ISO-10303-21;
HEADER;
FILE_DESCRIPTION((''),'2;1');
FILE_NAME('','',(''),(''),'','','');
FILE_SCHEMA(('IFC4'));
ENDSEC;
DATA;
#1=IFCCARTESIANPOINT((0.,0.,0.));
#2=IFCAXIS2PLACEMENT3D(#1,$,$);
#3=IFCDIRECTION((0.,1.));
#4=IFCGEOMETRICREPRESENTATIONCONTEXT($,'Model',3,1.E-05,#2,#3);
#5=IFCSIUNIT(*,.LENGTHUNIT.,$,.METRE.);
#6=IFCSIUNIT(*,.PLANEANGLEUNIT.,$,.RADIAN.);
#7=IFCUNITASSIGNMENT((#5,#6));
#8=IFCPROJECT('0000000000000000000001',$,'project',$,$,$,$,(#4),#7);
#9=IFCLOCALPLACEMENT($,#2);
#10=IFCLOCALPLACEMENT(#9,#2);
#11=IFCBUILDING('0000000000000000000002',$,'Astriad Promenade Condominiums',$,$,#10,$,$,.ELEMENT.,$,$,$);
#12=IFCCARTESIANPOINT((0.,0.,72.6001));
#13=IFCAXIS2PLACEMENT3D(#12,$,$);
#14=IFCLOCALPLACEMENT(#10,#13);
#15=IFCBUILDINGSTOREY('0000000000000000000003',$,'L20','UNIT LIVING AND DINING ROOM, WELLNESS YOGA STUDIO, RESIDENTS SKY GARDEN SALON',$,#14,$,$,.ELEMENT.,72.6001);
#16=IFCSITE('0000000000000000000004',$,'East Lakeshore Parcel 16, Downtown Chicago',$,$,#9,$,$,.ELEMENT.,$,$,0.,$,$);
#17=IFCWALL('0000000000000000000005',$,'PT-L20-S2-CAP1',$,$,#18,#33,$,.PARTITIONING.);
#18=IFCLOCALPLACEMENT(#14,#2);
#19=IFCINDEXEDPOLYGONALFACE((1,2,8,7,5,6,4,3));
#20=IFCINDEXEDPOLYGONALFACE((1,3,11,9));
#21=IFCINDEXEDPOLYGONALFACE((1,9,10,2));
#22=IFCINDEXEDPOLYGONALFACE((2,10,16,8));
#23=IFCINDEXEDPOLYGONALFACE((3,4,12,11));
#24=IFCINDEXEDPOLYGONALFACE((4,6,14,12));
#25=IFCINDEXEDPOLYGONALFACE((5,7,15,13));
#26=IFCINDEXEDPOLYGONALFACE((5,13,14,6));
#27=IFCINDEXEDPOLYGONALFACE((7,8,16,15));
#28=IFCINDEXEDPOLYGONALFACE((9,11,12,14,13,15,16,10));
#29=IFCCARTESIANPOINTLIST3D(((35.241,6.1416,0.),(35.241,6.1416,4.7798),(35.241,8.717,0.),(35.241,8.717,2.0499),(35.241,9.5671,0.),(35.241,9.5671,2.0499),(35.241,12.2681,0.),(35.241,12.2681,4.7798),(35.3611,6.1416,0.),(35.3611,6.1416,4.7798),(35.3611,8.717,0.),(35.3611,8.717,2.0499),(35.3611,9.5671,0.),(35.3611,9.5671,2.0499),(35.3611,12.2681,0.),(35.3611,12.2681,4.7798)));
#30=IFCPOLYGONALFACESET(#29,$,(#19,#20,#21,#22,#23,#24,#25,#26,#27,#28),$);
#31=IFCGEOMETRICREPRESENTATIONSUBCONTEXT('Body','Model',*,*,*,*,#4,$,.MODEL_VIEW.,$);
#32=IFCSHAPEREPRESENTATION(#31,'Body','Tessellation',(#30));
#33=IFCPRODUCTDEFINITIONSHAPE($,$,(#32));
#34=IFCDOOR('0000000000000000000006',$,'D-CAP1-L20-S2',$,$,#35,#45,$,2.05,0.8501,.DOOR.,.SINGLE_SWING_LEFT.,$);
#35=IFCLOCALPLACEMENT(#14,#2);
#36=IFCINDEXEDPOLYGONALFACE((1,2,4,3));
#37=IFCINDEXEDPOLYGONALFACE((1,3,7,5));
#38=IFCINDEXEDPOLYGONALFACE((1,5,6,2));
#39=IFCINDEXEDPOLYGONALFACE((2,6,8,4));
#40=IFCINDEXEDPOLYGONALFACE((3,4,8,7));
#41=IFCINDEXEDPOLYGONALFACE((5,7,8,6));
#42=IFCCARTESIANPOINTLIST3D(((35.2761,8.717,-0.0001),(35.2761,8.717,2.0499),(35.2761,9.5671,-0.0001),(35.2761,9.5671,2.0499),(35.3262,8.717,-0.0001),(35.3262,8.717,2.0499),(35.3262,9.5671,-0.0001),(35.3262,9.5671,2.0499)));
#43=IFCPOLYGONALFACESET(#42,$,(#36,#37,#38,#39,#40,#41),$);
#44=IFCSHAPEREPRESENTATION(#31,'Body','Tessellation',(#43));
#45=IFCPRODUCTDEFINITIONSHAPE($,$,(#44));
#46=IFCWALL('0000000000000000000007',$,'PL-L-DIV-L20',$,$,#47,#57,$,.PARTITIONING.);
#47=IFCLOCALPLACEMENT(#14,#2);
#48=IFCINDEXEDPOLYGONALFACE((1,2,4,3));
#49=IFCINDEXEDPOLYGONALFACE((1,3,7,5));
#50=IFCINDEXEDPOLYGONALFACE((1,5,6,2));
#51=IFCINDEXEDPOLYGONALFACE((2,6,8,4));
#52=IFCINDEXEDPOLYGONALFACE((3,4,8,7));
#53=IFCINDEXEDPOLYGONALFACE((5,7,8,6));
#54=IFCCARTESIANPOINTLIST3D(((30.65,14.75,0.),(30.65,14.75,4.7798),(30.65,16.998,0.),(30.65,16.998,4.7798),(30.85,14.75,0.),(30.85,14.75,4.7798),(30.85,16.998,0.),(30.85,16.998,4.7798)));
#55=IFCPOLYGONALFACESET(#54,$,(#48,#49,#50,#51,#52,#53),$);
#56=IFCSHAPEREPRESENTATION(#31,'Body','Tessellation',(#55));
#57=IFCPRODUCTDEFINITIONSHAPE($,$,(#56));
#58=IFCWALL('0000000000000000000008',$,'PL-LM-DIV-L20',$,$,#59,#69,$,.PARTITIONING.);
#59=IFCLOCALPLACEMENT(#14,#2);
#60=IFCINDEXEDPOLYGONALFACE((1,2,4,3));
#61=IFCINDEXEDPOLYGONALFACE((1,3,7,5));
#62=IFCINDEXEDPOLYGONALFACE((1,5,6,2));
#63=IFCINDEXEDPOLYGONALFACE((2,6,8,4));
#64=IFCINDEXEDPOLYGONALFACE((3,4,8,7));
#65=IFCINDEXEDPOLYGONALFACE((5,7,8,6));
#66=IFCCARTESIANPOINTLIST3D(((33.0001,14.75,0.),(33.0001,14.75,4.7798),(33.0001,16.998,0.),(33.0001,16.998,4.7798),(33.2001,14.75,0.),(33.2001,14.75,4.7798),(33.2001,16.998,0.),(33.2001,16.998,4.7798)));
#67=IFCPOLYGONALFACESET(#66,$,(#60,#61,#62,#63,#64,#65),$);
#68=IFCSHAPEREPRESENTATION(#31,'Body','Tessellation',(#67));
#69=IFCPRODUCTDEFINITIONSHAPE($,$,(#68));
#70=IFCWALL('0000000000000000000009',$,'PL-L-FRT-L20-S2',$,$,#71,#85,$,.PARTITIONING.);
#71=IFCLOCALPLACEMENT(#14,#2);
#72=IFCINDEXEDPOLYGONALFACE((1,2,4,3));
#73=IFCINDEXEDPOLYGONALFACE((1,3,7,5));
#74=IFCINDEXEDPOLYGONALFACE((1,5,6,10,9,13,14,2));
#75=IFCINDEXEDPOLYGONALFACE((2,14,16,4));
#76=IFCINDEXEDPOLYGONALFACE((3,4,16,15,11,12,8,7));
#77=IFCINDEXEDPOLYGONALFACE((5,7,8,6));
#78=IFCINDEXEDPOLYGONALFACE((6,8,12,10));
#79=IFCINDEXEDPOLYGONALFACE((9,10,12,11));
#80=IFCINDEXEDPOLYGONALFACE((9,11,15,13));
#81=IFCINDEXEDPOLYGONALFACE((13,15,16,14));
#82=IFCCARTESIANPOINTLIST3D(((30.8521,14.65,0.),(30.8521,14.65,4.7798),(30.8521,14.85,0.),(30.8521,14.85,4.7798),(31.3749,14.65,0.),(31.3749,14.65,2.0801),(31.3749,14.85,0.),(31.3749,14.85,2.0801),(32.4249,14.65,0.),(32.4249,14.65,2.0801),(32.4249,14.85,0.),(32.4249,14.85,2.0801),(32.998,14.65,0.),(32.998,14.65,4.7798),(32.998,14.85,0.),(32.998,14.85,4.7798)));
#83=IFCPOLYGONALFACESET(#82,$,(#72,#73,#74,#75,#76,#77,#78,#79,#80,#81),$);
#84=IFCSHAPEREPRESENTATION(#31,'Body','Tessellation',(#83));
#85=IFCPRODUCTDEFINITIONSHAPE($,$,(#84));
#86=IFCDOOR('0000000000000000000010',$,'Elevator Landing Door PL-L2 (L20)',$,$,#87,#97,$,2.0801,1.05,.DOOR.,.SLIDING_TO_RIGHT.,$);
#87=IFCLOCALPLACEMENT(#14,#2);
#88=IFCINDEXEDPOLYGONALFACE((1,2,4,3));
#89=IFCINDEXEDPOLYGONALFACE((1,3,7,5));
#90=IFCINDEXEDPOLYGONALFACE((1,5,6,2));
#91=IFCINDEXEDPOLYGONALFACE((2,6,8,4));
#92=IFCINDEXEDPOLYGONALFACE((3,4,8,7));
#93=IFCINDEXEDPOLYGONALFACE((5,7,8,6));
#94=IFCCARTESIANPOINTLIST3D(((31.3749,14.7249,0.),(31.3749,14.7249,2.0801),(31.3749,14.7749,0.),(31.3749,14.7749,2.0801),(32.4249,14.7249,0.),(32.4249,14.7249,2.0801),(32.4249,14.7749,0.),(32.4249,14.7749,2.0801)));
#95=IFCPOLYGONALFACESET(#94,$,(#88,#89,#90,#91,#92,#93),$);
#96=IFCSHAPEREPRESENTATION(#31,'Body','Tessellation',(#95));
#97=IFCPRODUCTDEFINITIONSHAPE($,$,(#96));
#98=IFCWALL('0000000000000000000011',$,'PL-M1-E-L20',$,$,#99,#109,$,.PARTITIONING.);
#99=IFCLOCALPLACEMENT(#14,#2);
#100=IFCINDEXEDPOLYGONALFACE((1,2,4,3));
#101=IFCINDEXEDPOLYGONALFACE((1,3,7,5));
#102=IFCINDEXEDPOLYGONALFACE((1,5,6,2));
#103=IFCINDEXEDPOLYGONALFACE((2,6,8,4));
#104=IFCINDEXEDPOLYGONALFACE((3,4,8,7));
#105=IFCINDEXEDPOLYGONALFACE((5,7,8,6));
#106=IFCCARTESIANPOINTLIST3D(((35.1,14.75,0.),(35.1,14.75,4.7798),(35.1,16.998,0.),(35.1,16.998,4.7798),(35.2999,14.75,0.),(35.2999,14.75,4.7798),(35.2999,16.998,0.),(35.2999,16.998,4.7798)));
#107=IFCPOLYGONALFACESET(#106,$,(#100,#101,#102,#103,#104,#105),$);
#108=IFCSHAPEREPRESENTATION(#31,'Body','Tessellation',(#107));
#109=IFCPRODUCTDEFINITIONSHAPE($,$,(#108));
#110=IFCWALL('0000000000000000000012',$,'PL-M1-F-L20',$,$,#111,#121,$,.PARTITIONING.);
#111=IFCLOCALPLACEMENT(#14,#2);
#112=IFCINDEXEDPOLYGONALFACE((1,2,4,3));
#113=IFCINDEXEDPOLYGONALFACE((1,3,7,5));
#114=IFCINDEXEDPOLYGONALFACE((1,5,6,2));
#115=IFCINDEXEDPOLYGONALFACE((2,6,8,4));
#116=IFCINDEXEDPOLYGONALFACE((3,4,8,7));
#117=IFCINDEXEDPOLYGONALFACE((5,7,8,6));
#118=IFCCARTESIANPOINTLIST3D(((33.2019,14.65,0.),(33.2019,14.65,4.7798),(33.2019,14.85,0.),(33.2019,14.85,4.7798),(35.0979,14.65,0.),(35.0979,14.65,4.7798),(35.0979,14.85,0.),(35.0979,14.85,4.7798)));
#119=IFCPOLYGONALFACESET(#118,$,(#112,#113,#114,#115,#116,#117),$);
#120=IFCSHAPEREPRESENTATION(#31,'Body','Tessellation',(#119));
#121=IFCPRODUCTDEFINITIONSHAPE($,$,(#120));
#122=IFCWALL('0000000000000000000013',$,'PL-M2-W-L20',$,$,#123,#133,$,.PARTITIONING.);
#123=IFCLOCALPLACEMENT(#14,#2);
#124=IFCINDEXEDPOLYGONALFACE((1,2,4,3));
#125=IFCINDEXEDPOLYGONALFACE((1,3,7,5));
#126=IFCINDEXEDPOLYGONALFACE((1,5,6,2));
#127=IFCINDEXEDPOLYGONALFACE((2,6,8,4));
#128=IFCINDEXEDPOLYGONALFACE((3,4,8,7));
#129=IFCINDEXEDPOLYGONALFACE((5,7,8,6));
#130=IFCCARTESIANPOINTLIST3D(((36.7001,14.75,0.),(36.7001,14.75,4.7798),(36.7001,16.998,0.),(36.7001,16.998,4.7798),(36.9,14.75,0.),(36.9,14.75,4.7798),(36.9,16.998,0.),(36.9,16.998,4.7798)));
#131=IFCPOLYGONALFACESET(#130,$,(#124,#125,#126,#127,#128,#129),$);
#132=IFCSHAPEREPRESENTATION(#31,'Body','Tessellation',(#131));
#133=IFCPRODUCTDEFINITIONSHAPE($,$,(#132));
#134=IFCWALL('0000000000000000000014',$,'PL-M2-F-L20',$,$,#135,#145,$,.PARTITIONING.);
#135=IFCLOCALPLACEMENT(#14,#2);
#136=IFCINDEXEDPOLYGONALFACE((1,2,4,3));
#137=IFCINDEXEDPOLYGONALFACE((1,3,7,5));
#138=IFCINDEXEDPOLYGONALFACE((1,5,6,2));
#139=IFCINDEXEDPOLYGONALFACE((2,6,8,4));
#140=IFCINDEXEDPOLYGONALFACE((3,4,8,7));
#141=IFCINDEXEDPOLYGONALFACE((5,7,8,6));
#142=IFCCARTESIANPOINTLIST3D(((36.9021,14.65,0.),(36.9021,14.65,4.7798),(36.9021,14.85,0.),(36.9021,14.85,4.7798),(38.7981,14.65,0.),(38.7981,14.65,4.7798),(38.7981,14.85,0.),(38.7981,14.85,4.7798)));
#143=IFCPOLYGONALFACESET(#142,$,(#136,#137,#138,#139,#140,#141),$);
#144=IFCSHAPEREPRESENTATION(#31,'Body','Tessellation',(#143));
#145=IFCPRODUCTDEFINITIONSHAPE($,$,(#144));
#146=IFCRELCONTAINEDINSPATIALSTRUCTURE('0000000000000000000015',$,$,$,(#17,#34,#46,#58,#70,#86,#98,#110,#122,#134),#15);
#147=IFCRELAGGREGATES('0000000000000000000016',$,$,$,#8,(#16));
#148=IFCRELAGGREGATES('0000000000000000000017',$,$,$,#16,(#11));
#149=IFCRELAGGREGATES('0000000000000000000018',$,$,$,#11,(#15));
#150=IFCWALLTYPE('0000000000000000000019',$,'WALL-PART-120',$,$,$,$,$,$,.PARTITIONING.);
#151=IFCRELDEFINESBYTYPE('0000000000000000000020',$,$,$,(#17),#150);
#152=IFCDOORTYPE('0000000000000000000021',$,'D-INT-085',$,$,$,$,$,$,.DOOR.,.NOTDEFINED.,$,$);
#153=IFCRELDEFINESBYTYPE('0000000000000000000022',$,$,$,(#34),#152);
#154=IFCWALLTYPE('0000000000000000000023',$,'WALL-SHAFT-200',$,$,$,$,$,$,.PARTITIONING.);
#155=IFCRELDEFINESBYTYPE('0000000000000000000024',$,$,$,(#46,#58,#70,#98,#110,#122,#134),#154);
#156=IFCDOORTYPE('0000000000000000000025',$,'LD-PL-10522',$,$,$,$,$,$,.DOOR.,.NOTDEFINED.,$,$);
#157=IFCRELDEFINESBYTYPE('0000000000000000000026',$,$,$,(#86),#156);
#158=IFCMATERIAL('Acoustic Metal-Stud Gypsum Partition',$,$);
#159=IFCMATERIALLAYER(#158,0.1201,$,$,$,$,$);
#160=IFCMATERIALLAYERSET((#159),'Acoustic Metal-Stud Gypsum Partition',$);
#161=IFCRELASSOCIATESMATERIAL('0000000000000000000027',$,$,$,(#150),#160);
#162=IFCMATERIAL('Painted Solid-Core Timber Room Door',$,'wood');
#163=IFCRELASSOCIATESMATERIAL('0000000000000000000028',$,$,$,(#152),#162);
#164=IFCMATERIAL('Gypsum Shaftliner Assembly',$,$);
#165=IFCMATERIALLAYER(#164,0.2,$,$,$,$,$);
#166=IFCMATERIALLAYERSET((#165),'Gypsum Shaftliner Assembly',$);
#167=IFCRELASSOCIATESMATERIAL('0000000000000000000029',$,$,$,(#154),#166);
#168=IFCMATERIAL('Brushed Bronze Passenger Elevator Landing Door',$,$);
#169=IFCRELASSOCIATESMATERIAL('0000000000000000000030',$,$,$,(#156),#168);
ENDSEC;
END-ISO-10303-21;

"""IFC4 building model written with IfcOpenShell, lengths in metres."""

from ifc_helpers import new_model, si_unit, direction, frame, frame_2d, origin, place, context, subcontext, project, spatial, rectangle, extrude, source, transform, mapped, material, layer, layer_set, type_object, type_shapes, element, fill, save


model = new_model("IFC4")

# Units and contexts
model_context = context("Model", 3, precision=1e-05, world=origin(), true_north=direction((0.0, 1.0)))
body_context = subcontext(model_context, "Body", "Model", "MODEL_VIEW")
ifc_project = project(units=[si_unit("LENGTHUNIT", "METRE"), si_unit("PLANEANGLEUNIT", "RADIAN")], contexts=[model_context])

# Site, building, storey
site_placement = place(None, origin())
site = spatial("IfcSite", under=ifc_project, at=site_placement, Name="East Lakeshore Parcel 16, Downtown Chicago", CompositionType="ELEMENT", RefElevation=0.0)
building_placement = place(site_placement, origin())
building = spatial("IfcBuilding", under=site, at=building_placement, Name="Astriad Promenade Condominiums", CompositionType="ELEMENT")
storey_placement = place(building_placement, frame((0.0, 0.0, 72.6001)))
storey = spatial("IfcBuildingStorey", under=building, at=storey_placement, Name="L20", Description="UNIT LIVING AND DINING ROOM, WELLNESS YOGA STUDIO, RESIDENTS SKY GARDEN SALON", CompositionType="ELEMENT", Elevation=72.6001)

# Shared definitions
ifc_material_1 = material(Name="Acoustic Metal-Stud Gypsum Partition")
ifc_layer_1 = layer(ifc_material_1, 0.1201)
ifc_layer_set_1 = layer_set([ifc_layer_1], Name="Acoustic Metal-Stud Gypsum Partition")
wall_type_1 = type_object("IfcWallType", Name="WALL-PART-120", PredefinedType="PARTITIONING", material=ifc_layer_set_1)
ifc_material_2 = material(Name="Painted Solid-Core Timber Room Door", Category="wood")
door_type_1 = type_object("IfcDoorType", Name="D-INT-085", OperationType="NOTDEFINED", PredefinedType="DOOR", material=ifc_material_2)
shared_shape_1 = source(origin(), body_context, "Body", "SweptSolid", [
    extrude(rectangle(XDim=0.8501, YDim=2.05, at=frame_2d((0.425, 1.0249))), frame((0.0, 0.0249, 0.0), z_axis=(0.0, -1.0, 0.0), x_axis=(1.0, 0.0, 0.0)), (0.0, 0.0, 1.0), 0.05),
])
type_shapes(door_type_1, [shared_shape_1])

# Wall, opening, door
wall_1_placement = place(storey_placement, frame((35.301, 6.1416, 0.0), z_axis=(0.0, 0.0, 1.0), x_axis=(0.0, 1.0, 0.0)))
wall_1 = element("IfcWall", 1, at=wall_1_placement, inside=storey, type_object=wall_type_1, Name="PT-L20-S2-CAP1", PredefinedType="PARTITIONING", context=body_context, shape_type="SweptSolid", body=[
    extrude(rectangle(XDim=6.1265, YDim=0.1201, at=frame_2d((3.0632, 0.0))), origin(), (0.0, 0.0, 1.0), 4.7798),
])
opening_1_placement = place(wall_1_placement, frame((2.5754, 0.0, 0.0)))
opening_1 = element("IfcOpeningElement", 2, at=opening_1_placement, cuts=wall_1, PredefinedType="OPENING", context=body_context, shape_type="SweptSolid", body=[
    extrude(rectangle(XDim=0.8501, YDim=2.05, at=frame_2d((0.425, 1.0249))), frame((0.0, 0.0701, 0.0), z_axis=(0.0, -1.0, 0.0), x_axis=(1.0, 0.0, 0.0)), (0.0, 0.0, 1.0), 0.1401),
])
door_1_placement = place(opening_1_placement, origin())
door_1 = element("IfcDoor", 3, at=door_1_placement, inside=storey, type_object=door_type_1, Name="D-CAP1-L20-S2", OperationType="SINGLE_SWING_LEFT", OverallHeight=2.05, OverallWidth=0.8501, PredefinedType="DOOR", context=body_context, shape_type="MappedRepresentation", body=[
    mapped(shared_shape_1, transform((0.0, 0.0, 0.0), scale=1.0)),
])
fill(opening_1, door_1)

# Walls
ifc_material_3 = material(Name="Gypsum Shaftliner Assembly")
ifc_layer_2 = layer(ifc_material_3, 0.2)
ifc_layer_set_2 = layer_set([ifc_layer_2], Name="Gypsum Shaftliner Assembly")
wall_type_2 = type_object("IfcWallType", Name="WALL-SHAFT-200", PredefinedType="PARTITIONING", material=ifc_layer_set_2)
for number, where, z_axis, x_axis, name in (
    (4, (30.75, 14.75, 0.0), (0.0, 0.0, 1.0), (0.0, 1.0, 0.0), "PL-L-DIV-L20"),
    (5, (33.1001, 14.75, 0.0), (0.0, 0.0, 1.0), (0.0, 1.0, 0.0), "PL-LM-DIV-L20"),
):
    element("IfcWall", number, at=place(storey_placement, frame(where, z_axis=z_axis, x_axis=x_axis)), inside=storey, type_object=wall_type_2, Name=name, PredefinedType="PARTITIONING", context=body_context, shape_type="SweptSolid", body=[
        extrude(rectangle(XDim=2.248, YDim=0.2, at=frame_2d((1.124, 0.0))), origin(), (0.0, 0.0, 1.0), 4.7798),
    ])

# Wall, opening, door
wall_2_placement = place(storey_placement, frame((30.8521, 14.75, 0.0), z_axis=(0.0, 0.0, 1.0), x_axis=(1.0, 0.0, 0.0)))
wall_2 = element("IfcWall", 6, at=wall_2_placement, inside=storey, type_object=wall_type_2, Name="PL-L-FRT-L20-S2", PredefinedType="PARTITIONING", context=body_context, shape_type="SweptSolid", body=[
    extrude(rectangle(XDim=2.146, YDim=0.2, at=frame_2d((1.073, 0.0))), origin(), (0.0, 0.0, 1.0), 4.7798),
])
opening_2_placement = place(wall_2_placement, frame((0.5229, 0.0, 0.0)))
opening_2 = element("IfcOpeningElement", 7, at=opening_2_placement, cuts=wall_2, PredefinedType="OPENING", context=body_context, shape_type="SweptSolid", body=[
    extrude(rectangle(XDim=1.05, YDim=2.0801, at=frame_2d((0.5249, 1.04))), frame((0.0, 0.1099, 0.0), z_axis=(0.0, -1.0, 0.0), x_axis=(1.0, 0.0, 0.0)), (0.0, 0.0, 1.0), 0.22),
])
ifc_material_4 = material(Name="Brushed Bronze Passenger Elevator Landing Door")
door_type_2 = type_object("IfcDoorType", Name="LD-PL-10522", OperationType="NOTDEFINED", PredefinedType="DOOR", material=ifc_material_4)
shared_shape_2 = source(origin(), body_context, "Body", "SweptSolid", [
    extrude(rectangle(XDim=1.05, YDim=2.0801, at=frame_2d((0.5249, 1.04))), frame((0.0, 0.0249, 0.0), z_axis=(0.0, -1.0, 0.0), x_axis=(1.0, 0.0, 0.0)), (0.0, 0.0, 1.0), 0.05),
])
type_shapes(door_type_2, [shared_shape_2])
door_2_placement = place(opening_2_placement, origin())
door_2 = element("IfcDoor", 8, at=door_2_placement, inside=storey, type_object=door_type_2, Name="Elevator Landing Door PL-L2 (L20)", OperationType="SLIDING_TO_RIGHT", OverallHeight=2.0801, OverallWidth=1.05, PredefinedType="DOOR", context=body_context, shape_type="MappedRepresentation", body=[
    mapped(shared_shape_2, transform((0.0, 0.0, 0.0), scale=1.0)),
])
fill(opening_2, door_2)

# Walls
wall_3_placement = place(storey_placement, frame((35.2, 14.75, 0.0), z_axis=(0.0, 0.0, 1.0), x_axis=(0.0, 1.0, 0.0)))
element("IfcWall", 9, at=wall_3_placement, inside=storey, type_object=wall_type_2, Name="PL-M1-E-L20", PredefinedType="PARTITIONING", context=body_context, shape_type="SweptSolid", body=[
    extrude(rectangle(XDim=2.248, YDim=0.2, at=frame_2d((1.124, 0.0))), origin(), (0.0, 0.0, 1.0), 4.7798),
])
wall_4_placement = place(storey_placement, frame((33.2019, 14.75, 0.0), z_axis=(0.0, 0.0, 1.0), x_axis=(1.0, 0.0, 0.0)))
element("IfcWall", 10, at=wall_4_placement, inside=storey, type_object=wall_type_2, Name="PL-M1-F-L20", PredefinedType="PARTITIONING", context=body_context, shape_type="SweptSolid", body=[
    extrude(rectangle(XDim=1.896, YDim=0.2, at=frame_2d((0.948, 0.0))), origin(), (0.0, 0.0, 1.0), 4.7798),
])
wall_5_placement = place(storey_placement, frame((36.8, 14.75, 0.0), z_axis=(0.0, 0.0, 1.0), x_axis=(0.0, 1.0, 0.0)))
element("IfcWall", 11, at=wall_5_placement, inside=storey, type_object=wall_type_2, Name="PL-M2-W-L20", PredefinedType="PARTITIONING", context=body_context, shape_type="SweptSolid", body=[
    extrude(rectangle(XDim=2.248, YDim=0.2, at=frame_2d((1.124, 0.0))), origin(), (0.0, 0.0, 1.0), 4.7798),
])
wall_6_placement = place(storey_placement, frame((36.9021, 14.75, 0.0), z_axis=(0.0, 0.0, 1.0), x_axis=(1.0, 0.0, 0.0)))
element("IfcWall", 12, at=wall_6_placement, inside=storey, type_object=wall_type_2, Name="PL-M2-F-L20", PredefinedType="PARTITIONING", context=body_context, shape_type="SweptSolid", body=[
    extrude(rectangle(XDim=1.896, YDim=0.2, at=frame_2d((0.948, 0.0))), origin(), (0.0, 0.0, 1.0), 4.7798),
])

save(model, "model.ifc")
